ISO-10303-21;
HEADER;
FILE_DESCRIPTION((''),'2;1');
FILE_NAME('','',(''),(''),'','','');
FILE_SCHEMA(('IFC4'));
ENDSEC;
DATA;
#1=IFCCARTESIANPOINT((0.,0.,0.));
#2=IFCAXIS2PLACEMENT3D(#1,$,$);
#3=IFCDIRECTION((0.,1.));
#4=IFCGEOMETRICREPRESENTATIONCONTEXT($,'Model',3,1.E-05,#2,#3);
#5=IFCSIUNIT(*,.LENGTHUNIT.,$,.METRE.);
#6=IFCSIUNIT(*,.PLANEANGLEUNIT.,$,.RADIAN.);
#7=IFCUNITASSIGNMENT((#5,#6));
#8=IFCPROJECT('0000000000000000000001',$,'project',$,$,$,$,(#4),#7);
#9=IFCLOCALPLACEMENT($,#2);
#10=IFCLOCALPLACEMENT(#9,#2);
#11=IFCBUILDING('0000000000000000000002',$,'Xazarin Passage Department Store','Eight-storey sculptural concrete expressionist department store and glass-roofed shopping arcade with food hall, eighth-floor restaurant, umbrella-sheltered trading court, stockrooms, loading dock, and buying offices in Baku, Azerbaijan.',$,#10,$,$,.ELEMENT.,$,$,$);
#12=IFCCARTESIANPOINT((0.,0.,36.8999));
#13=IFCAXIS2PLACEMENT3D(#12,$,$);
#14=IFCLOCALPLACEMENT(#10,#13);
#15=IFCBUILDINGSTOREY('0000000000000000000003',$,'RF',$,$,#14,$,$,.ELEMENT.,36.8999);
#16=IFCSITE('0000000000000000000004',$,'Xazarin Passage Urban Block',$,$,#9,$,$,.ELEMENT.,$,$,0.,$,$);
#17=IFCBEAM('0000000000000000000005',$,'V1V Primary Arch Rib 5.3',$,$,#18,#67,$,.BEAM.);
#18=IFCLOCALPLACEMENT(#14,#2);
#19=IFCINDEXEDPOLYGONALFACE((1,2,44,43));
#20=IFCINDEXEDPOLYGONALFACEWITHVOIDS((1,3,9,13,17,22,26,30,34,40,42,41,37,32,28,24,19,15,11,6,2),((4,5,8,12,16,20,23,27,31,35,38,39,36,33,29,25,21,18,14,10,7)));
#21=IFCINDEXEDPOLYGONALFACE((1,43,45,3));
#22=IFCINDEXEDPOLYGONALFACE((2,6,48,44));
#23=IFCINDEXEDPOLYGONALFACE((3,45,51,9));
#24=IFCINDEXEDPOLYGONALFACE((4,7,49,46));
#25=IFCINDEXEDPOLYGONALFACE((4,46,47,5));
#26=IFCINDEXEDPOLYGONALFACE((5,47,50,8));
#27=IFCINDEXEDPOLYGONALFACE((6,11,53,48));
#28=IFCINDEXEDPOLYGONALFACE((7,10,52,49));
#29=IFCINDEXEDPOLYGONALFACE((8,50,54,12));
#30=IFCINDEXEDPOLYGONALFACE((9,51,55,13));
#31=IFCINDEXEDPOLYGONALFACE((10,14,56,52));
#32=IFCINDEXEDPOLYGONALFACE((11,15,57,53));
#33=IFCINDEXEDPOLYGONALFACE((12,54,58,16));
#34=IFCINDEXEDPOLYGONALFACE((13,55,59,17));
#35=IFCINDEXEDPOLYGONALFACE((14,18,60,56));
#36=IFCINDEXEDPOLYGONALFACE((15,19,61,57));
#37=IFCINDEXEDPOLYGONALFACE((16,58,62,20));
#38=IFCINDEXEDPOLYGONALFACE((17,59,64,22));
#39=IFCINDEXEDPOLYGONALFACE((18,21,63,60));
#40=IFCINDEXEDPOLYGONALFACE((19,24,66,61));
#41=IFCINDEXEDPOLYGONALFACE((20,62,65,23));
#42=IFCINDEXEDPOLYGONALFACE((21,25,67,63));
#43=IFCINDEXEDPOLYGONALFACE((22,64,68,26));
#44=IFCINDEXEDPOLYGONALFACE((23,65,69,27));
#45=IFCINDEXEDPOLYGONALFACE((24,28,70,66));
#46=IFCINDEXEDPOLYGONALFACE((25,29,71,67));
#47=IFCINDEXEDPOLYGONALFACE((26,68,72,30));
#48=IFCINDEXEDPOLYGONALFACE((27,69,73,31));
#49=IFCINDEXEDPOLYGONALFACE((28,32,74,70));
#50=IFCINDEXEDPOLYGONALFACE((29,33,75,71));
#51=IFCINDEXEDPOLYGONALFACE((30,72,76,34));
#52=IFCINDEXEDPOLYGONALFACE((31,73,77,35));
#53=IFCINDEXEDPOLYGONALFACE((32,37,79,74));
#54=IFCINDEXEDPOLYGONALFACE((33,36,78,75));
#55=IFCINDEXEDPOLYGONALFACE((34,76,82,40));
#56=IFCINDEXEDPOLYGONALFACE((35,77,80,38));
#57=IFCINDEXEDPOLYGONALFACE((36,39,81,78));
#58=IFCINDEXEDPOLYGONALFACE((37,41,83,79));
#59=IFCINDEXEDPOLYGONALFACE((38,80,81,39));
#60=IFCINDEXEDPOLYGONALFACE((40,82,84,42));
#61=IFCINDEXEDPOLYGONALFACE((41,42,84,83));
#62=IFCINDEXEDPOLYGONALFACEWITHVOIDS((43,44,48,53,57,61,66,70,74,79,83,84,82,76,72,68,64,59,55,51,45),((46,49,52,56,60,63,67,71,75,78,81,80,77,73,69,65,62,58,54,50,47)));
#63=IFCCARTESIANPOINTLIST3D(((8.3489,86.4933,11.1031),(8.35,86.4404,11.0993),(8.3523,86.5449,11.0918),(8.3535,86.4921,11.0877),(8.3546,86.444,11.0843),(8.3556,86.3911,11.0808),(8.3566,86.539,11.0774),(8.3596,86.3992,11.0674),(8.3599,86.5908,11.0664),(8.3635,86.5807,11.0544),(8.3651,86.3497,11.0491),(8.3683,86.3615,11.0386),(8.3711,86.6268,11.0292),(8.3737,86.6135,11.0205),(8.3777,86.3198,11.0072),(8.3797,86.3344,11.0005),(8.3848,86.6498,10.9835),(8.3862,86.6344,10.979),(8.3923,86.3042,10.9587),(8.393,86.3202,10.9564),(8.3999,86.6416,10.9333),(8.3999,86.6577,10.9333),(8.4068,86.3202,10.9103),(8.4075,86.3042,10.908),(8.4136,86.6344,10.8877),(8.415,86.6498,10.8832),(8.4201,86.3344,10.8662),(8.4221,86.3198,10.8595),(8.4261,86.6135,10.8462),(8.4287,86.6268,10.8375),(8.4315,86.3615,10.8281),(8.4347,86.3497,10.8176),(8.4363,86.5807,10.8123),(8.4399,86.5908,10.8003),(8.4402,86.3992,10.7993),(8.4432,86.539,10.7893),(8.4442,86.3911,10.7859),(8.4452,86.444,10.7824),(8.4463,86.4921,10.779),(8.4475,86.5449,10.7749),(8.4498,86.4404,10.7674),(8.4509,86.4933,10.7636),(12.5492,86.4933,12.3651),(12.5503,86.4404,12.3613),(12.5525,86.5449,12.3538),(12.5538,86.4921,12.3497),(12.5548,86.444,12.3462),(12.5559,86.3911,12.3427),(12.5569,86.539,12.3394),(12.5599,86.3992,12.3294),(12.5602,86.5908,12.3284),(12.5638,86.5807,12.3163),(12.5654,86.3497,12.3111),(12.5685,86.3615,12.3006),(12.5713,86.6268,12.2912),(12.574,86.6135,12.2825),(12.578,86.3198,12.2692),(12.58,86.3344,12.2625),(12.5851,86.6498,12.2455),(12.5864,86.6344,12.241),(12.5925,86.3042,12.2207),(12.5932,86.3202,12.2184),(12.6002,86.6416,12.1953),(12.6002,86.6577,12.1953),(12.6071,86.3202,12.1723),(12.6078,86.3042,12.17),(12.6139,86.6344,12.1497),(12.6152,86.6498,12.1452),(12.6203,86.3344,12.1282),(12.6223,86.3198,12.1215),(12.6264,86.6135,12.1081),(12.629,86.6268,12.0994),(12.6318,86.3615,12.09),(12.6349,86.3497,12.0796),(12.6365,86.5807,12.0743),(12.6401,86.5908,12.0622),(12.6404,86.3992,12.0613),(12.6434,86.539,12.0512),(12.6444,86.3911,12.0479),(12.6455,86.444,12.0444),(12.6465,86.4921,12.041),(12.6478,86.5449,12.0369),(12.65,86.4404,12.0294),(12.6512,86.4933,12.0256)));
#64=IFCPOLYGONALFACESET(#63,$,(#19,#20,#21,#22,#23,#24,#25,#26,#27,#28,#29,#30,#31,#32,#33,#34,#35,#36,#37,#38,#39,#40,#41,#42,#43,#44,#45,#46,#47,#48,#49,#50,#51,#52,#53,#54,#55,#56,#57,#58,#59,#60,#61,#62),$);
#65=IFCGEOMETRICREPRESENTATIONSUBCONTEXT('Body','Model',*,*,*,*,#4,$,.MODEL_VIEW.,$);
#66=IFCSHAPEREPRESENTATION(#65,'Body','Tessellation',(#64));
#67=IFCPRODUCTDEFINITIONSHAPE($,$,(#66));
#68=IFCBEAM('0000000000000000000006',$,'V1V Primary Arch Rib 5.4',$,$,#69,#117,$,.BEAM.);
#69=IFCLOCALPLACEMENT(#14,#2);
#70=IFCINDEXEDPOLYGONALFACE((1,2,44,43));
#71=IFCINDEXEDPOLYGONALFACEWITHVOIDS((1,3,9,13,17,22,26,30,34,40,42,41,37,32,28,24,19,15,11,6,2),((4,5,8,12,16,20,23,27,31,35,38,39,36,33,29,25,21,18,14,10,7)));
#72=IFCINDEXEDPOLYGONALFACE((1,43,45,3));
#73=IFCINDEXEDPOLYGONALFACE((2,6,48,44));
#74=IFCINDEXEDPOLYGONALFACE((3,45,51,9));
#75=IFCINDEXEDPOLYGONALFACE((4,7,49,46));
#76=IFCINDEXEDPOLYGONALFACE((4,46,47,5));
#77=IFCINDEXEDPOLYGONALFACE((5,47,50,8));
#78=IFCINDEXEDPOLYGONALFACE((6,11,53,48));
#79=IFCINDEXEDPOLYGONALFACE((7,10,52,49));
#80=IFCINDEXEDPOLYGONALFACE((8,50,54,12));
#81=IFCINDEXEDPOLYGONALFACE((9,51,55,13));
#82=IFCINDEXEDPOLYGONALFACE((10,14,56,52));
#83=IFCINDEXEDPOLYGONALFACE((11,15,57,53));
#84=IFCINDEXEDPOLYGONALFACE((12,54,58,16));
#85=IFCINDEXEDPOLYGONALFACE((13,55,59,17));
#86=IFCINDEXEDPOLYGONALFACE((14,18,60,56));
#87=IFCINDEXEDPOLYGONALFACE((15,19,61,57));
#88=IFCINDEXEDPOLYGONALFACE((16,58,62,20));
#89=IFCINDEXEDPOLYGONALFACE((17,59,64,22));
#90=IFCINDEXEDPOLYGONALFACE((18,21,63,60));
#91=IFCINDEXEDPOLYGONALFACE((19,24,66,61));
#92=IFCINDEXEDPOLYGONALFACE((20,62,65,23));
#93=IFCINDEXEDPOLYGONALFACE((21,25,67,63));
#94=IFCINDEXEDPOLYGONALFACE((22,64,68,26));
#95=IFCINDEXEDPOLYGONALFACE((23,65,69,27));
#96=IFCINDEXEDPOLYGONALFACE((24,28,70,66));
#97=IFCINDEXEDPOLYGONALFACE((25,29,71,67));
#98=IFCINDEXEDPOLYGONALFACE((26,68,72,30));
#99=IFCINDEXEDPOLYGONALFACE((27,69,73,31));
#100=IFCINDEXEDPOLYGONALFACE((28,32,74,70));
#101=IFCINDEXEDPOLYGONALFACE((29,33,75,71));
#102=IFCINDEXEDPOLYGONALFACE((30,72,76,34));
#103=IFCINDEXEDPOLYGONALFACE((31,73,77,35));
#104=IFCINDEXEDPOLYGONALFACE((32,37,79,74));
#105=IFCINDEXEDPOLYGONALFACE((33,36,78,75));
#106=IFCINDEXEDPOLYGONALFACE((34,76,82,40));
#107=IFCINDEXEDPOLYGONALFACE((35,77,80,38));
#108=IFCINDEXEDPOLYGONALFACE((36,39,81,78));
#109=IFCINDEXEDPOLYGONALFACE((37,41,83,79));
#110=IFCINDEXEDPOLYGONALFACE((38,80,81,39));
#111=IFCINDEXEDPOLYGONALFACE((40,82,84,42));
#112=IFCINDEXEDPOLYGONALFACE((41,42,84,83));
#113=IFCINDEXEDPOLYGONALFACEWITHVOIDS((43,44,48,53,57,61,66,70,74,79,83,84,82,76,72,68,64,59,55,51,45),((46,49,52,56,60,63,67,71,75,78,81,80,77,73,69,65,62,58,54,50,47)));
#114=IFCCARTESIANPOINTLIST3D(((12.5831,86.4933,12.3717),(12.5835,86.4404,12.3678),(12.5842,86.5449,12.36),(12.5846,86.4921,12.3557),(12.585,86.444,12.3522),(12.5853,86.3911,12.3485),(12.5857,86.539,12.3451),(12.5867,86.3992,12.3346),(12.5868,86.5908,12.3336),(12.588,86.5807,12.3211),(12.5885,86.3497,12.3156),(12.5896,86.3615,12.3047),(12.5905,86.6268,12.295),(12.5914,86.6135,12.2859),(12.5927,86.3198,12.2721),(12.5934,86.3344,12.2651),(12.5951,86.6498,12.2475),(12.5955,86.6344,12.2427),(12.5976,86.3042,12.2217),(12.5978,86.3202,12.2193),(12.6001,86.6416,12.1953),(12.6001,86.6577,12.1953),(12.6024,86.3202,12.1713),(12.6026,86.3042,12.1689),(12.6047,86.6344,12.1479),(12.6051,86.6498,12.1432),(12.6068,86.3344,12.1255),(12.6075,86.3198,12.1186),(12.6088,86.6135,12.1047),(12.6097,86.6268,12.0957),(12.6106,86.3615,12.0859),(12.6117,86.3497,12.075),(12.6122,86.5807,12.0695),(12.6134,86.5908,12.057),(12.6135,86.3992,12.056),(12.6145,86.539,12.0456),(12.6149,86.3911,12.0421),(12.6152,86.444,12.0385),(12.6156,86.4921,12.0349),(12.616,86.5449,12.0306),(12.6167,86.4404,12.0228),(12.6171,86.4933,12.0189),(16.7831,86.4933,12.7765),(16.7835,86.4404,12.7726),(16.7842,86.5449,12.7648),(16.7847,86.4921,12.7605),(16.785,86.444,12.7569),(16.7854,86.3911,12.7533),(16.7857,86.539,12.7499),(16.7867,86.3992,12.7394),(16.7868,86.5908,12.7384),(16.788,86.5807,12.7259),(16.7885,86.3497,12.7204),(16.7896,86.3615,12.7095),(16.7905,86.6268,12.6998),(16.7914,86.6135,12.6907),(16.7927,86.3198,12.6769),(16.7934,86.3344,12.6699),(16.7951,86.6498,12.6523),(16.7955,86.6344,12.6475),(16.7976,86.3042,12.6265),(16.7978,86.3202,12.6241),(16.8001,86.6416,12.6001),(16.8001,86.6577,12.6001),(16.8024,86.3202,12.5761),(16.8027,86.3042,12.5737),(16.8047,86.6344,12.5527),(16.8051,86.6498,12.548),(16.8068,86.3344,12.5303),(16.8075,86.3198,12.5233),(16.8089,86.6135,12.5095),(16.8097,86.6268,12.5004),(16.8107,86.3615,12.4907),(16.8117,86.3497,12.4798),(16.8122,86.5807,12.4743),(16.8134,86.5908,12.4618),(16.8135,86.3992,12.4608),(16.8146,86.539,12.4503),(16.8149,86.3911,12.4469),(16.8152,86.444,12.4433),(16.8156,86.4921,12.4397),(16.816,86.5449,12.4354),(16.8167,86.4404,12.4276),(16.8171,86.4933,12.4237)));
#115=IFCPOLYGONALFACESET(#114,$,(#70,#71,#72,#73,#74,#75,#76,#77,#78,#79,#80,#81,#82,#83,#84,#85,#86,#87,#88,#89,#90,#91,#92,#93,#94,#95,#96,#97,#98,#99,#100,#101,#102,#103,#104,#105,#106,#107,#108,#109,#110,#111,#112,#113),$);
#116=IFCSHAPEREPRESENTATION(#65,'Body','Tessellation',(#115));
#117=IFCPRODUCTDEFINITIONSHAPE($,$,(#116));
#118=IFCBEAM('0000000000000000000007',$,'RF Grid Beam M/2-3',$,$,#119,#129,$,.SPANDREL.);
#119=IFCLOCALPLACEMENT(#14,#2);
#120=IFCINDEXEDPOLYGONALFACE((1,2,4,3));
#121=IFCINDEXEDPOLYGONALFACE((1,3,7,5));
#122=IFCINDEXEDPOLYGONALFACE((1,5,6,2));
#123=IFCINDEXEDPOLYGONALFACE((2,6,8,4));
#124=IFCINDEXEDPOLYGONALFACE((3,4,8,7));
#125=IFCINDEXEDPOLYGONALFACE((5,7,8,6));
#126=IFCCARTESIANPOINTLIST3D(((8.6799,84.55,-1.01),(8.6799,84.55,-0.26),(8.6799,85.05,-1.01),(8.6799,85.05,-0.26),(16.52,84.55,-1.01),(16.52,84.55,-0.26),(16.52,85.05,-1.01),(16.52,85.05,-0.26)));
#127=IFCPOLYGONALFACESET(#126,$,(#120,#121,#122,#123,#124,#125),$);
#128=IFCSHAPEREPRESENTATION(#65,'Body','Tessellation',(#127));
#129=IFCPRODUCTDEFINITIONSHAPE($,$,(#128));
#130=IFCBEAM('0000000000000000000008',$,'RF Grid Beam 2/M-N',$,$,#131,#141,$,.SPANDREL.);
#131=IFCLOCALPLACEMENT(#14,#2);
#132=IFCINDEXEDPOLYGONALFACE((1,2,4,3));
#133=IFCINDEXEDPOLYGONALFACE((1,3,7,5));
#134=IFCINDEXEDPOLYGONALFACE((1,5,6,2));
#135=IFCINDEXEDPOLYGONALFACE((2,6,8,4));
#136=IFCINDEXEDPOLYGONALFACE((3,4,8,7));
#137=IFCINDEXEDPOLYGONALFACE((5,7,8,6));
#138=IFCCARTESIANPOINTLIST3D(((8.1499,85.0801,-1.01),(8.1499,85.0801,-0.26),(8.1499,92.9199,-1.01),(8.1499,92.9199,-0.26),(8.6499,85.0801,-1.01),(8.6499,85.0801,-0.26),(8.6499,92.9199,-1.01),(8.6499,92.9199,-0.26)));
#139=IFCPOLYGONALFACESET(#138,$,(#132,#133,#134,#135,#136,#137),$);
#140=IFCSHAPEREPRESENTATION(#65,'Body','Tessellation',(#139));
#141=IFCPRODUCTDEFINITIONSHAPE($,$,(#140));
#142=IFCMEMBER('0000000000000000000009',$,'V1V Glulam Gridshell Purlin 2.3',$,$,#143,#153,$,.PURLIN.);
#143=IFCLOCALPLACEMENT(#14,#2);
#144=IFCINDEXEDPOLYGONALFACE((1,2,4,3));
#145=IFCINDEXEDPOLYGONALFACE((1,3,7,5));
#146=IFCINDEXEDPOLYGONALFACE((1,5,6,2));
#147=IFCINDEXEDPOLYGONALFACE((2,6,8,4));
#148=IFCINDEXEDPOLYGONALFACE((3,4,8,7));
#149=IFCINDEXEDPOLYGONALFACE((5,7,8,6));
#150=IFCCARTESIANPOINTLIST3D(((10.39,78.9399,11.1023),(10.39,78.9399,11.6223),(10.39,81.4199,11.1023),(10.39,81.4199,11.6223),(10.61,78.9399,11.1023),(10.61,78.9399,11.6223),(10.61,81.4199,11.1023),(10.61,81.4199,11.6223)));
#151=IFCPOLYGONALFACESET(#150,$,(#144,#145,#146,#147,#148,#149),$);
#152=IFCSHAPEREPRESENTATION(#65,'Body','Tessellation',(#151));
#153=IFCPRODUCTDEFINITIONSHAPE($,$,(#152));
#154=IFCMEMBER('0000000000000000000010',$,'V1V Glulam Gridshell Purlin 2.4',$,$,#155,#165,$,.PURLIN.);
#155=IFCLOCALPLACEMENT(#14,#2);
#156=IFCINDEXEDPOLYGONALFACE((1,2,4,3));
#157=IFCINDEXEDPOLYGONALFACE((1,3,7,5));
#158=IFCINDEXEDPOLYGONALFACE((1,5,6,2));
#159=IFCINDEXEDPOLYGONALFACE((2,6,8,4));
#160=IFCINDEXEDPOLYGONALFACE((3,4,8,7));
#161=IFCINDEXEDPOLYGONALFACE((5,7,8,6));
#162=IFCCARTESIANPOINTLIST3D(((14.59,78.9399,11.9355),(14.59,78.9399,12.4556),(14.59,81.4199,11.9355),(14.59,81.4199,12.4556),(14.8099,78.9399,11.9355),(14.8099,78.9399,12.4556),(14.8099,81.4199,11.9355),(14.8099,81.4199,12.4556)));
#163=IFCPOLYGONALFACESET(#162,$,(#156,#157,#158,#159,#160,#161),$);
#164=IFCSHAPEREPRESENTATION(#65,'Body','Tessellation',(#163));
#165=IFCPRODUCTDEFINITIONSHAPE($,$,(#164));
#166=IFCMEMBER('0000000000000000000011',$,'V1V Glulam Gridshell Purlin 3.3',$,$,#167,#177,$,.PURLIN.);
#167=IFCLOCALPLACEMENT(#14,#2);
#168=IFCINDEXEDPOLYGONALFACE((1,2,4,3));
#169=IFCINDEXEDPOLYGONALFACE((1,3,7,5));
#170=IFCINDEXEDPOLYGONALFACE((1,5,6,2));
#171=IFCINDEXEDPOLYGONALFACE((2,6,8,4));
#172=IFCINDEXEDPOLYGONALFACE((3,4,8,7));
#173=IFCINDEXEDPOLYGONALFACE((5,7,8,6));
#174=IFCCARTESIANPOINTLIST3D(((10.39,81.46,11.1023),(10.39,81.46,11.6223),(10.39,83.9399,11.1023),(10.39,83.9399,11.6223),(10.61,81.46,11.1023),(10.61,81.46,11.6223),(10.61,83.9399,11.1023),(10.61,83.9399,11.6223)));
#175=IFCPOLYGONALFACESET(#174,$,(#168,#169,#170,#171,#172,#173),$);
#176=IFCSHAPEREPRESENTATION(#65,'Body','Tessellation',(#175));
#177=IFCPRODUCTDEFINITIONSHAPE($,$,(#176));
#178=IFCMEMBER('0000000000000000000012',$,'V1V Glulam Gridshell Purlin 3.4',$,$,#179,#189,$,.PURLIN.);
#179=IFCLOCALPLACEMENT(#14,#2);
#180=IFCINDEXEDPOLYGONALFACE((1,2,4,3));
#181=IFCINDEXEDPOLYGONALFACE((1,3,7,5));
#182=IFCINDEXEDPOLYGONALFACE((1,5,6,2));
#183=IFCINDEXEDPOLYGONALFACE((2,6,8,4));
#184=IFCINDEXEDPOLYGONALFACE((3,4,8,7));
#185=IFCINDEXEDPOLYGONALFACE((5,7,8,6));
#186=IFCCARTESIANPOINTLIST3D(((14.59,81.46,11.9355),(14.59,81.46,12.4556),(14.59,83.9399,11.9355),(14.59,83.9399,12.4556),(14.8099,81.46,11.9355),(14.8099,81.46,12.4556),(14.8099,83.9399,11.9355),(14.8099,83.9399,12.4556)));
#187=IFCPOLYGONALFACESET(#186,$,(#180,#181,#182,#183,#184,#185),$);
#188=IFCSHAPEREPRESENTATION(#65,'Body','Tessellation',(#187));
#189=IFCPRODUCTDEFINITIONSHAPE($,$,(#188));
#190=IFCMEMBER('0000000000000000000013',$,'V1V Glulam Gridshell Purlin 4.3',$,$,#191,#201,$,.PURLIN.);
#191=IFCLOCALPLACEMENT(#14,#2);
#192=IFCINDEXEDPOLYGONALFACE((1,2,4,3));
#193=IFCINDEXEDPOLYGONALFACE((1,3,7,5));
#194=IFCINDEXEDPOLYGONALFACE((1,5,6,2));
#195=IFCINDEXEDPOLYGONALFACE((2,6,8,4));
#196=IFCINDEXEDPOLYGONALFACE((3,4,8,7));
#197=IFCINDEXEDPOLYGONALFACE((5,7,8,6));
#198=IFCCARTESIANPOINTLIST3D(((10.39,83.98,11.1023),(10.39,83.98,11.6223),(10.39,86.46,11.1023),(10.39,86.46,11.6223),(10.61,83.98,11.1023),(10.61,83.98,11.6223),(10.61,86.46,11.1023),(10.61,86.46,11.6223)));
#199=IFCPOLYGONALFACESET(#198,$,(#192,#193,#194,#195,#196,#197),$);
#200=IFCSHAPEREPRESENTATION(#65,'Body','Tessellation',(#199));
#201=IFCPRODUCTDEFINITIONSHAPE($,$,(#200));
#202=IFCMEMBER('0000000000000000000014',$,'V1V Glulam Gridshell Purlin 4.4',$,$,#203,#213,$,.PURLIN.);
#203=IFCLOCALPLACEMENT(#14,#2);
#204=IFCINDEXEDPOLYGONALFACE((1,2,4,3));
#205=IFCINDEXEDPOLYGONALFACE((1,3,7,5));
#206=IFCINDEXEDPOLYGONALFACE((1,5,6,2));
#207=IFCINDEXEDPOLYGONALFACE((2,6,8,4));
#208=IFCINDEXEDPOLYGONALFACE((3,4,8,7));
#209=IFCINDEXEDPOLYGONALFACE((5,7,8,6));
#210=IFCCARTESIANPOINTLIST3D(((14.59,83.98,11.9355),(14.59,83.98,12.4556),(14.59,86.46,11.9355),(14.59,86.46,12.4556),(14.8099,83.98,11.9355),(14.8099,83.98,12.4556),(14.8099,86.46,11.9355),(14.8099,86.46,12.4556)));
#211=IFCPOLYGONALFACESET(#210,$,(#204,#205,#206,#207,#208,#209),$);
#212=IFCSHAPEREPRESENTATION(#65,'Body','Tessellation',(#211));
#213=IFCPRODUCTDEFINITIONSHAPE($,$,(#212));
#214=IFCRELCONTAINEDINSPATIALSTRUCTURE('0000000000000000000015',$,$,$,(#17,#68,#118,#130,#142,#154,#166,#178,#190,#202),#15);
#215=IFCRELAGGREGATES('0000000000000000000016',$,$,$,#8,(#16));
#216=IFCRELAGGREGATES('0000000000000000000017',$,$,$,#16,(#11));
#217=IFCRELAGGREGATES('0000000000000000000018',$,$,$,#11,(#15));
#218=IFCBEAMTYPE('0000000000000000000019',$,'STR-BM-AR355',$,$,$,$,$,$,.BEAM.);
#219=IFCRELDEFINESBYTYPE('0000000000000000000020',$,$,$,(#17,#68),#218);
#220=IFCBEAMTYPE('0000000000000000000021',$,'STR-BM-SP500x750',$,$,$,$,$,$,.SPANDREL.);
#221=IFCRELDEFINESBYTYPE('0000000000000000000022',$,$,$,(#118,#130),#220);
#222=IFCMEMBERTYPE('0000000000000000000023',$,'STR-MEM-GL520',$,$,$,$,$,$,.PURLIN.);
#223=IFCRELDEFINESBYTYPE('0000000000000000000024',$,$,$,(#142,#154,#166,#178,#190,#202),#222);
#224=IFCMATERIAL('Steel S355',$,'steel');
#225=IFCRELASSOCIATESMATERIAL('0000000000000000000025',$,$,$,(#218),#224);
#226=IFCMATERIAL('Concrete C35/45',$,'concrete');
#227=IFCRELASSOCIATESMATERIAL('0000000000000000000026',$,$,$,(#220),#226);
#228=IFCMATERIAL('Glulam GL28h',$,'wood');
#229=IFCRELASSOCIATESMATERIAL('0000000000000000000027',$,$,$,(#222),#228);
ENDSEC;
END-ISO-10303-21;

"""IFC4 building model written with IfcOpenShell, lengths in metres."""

from ifc_helpers import new_model, si_unit, direction, frame, origin, origin_2d, place, context, subcontext, project, spatial, rectangle, hollow_circle, extrude, material, material_profile, profile_set, type_object, element, save


model = new_model("IFC4")

# Units and contexts
model_context = context("Model", 3, precision=1e-05, world=origin(), true_north=direction((0.0, 1.0)))
body_context = subcontext(model_context, "Body", "Model", "MODEL_VIEW")
ifc_project = project(units=[si_unit("LENGTHUNIT", "METRE"), si_unit("PLANEANGLEUNIT", "RADIAN")], contexts=[model_context])

# Site, building, storey
site_placement = place(None, origin())
site = spatial("IfcSite", under=ifc_project, at=site_placement, Name="Xazarin Passage Urban Block", CompositionType="ELEMENT", RefElevation=0.0)
building_placement = place(site_placement, origin())
building = spatial("IfcBuilding", under=site, at=building_placement, Name="Xazarin Passage Department Store", Description="Eight-storey sculptural concrete expressionist department store and glass-roofed shopping arcade with food hall, eighth-floor restaurant, umbrella-sheltered trading court, stockrooms, loading dock, and buying offices in Baku, Azerbaijan.", CompositionType="ELEMENT")
storey_placement = place(building_placement, frame((0.0, 0.0, 36.8999)))
storey = spatial("IfcBuildingStorey", under=building, at=storey_placement, Name="RF", CompositionType="ELEMENT", Elevation=36.8999)

# Beams
ifc_material_1 = material(Name="Steel S355", Category="steel")
ifc_material_profile_1 = material_profile(ifc_material_1, hollow_circle(Radius=0.1777, WallThickness=0.0161, at=origin_2d()), Name="CHS 355.6x16")
ifc_profile_set_1 = profile_set([ifc_material_profile_1], Name="Steel S355")
beam_type_1 = type_object("IfcBeamType", Name="STR-BM-AR355", PredefinedType="BEAM", material=ifc_profile_set_1)
beam_1_placement = place(storey_placement, frame((8.3999, 86.48, 10.9333), z_axis=(0.957707, 0.0, 0.287746), x_axis=(0.0, 1.0, 0.0)))
element("IfcBeam", 1, at=beam_1_placement, inside=storey, type_object=beam_type_1, Name="V1V Primary Arch Rib 5.3", PredefinedType="BEAM", context=body_context, shape_type="SweptSolid", body=[
    extrude(hollow_circle(Radius=0.1777, WallThickness=0.0161, at=origin_2d()), origin(), (0.0, 0.0, 1.0), 4.3857),
])
beam_2_placement = place(storey_placement, frame((12.6001, 86.48, 12.1953), z_axis=(0.995388, 0.0, 0.095934), x_axis=(0.0, 1.0, 0.0)))
element("IfcBeam", 2, at=beam_2_placement, inside=storey, type_object=beam_type_1, Name="V1V Primary Arch Rib 5.4", PredefinedType="BEAM", context=body_context, shape_type="SweptSolid", body=[
    extrude(hollow_circle(Radius=0.1777, WallThickness=0.0161, at=origin_2d()), origin(), (0.0, 0.0, 1.0), 4.2195),
])
ifc_material_2 = material(Name="Concrete C35/45", Category="concrete")
ifc_material_profile_2 = material_profile(ifc_material_2, rectangle(XDim=0.5, YDim=0.75, at=origin_2d()), Name="RC 500x750")
ifc_profile_set_2 = profile_set([ifc_material_profile_2], Name="Concrete C35/45")
beam_type_2 = type_object("IfcBeamType", Name="STR-BM-SP500x750", PredefinedType="SPANDREL", material=ifc_profile_set_2)
beam_3_placement = place(storey_placement, frame((8.6799, 84.8, -0.635), z_axis=(1.0, 0.0, 0.0), x_axis=(0.0, 1.0, 0.0)))
element("IfcBeam", 3, at=beam_3_placement, inside=storey, type_object=beam_type_2, Name="RF Grid Beam M/2-3", PredefinedType="SPANDREL", context=body_context, shape_type="SweptSolid", body=[
    extrude(rectangle(XDim=0.5, YDim=0.75, at=origin_2d()), origin(), (0.0, 0.0, 1.0), 7.8401),
])
beam_4_placement = place(storey_placement, frame((8.3999, 85.0801, -0.635), z_axis=(0.0, 1.0, 0.0), x_axis=(-1.0, 0.0, 0.0)))
element("IfcBeam", 4, at=beam_4_placement, inside=storey, type_object=beam_type_2, Name="RF Grid Beam 2/M-N", PredefinedType="SPANDREL", context=body_context, shape_type="SweptSolid", body=[
    extrude(rectangle(XDim=0.5, YDim=0.75, at=origin_2d()), origin(), (0.0, 0.0, 1.0), 7.8398),
])

# Members
ifc_material_3 = material(Name="Glulam GL28h", Category="wood")
ifc_material_profile_3 = material_profile(ifc_material_3, rectangle(XDim=0.22, YDim=0.52, at=origin_2d()), Name="GL28h 220x520")
ifc_profile_set_3 = profile_set([ifc_material_profile_3], Name="Glulam GL28h")
member_type = type_object("IfcMemberType", Name="STR-MEM-GL520", PredefinedType="PURLIN", material=ifc_profile_set_3)
for number, where, z_axis, x_axis, name in (
    (5, (10.5, 78.9399, 11.3623), (0.0, 1.0, 0.0), (-1.0, 0.0, 0.0), "V1V Glulam Gridshell Purlin 2.3"),
    (6, (14.7, 78.9399, 12.1956), (0.0, 1.0, 0.0), (-1.0, 0.0, 0.0), "V1V Glulam Gridshell Purlin 2.4"),
    (7, (10.5, 81.46, 11.3623), (0.0, 1.0, 0.0), (-1.0, 0.0, 0.0), "V1V Glulam Gridshell Purlin 3.3"),
    (8, (14.7, 81.46, 12.1956), (0.0, 1.0, 0.0), (-1.0, 0.0, 0.0), "V1V Glulam Gridshell Purlin 3.4"),
    (9, (10.5, 83.98, 11.3623), (0.0, 1.0, 0.0), (-1.0, 0.0, 0.0), "V1V Glulam Gridshell Purlin 4.3"),
    (10, (14.7, 83.98, 12.1956), (0.0, 1.0, 0.0), (-1.0, 0.0, 0.0), "V1V Glulam Gridshell Purlin 4.4"),
):
    element("IfcMember", number, at=place(storey_placement, frame(where, z_axis=z_axis, x_axis=x_axis)), inside=storey, type_object=member_type, Name=name, PredefinedType="PURLIN", context=body_context, shape_type="SweptSolid", body=[
        extrude(rectangle(XDim=0.22, YDim=0.52, at=origin_2d()), origin(), (0.0, 0.0, 1.0), 2.48),
    ])

save(model, "model.ifc")
